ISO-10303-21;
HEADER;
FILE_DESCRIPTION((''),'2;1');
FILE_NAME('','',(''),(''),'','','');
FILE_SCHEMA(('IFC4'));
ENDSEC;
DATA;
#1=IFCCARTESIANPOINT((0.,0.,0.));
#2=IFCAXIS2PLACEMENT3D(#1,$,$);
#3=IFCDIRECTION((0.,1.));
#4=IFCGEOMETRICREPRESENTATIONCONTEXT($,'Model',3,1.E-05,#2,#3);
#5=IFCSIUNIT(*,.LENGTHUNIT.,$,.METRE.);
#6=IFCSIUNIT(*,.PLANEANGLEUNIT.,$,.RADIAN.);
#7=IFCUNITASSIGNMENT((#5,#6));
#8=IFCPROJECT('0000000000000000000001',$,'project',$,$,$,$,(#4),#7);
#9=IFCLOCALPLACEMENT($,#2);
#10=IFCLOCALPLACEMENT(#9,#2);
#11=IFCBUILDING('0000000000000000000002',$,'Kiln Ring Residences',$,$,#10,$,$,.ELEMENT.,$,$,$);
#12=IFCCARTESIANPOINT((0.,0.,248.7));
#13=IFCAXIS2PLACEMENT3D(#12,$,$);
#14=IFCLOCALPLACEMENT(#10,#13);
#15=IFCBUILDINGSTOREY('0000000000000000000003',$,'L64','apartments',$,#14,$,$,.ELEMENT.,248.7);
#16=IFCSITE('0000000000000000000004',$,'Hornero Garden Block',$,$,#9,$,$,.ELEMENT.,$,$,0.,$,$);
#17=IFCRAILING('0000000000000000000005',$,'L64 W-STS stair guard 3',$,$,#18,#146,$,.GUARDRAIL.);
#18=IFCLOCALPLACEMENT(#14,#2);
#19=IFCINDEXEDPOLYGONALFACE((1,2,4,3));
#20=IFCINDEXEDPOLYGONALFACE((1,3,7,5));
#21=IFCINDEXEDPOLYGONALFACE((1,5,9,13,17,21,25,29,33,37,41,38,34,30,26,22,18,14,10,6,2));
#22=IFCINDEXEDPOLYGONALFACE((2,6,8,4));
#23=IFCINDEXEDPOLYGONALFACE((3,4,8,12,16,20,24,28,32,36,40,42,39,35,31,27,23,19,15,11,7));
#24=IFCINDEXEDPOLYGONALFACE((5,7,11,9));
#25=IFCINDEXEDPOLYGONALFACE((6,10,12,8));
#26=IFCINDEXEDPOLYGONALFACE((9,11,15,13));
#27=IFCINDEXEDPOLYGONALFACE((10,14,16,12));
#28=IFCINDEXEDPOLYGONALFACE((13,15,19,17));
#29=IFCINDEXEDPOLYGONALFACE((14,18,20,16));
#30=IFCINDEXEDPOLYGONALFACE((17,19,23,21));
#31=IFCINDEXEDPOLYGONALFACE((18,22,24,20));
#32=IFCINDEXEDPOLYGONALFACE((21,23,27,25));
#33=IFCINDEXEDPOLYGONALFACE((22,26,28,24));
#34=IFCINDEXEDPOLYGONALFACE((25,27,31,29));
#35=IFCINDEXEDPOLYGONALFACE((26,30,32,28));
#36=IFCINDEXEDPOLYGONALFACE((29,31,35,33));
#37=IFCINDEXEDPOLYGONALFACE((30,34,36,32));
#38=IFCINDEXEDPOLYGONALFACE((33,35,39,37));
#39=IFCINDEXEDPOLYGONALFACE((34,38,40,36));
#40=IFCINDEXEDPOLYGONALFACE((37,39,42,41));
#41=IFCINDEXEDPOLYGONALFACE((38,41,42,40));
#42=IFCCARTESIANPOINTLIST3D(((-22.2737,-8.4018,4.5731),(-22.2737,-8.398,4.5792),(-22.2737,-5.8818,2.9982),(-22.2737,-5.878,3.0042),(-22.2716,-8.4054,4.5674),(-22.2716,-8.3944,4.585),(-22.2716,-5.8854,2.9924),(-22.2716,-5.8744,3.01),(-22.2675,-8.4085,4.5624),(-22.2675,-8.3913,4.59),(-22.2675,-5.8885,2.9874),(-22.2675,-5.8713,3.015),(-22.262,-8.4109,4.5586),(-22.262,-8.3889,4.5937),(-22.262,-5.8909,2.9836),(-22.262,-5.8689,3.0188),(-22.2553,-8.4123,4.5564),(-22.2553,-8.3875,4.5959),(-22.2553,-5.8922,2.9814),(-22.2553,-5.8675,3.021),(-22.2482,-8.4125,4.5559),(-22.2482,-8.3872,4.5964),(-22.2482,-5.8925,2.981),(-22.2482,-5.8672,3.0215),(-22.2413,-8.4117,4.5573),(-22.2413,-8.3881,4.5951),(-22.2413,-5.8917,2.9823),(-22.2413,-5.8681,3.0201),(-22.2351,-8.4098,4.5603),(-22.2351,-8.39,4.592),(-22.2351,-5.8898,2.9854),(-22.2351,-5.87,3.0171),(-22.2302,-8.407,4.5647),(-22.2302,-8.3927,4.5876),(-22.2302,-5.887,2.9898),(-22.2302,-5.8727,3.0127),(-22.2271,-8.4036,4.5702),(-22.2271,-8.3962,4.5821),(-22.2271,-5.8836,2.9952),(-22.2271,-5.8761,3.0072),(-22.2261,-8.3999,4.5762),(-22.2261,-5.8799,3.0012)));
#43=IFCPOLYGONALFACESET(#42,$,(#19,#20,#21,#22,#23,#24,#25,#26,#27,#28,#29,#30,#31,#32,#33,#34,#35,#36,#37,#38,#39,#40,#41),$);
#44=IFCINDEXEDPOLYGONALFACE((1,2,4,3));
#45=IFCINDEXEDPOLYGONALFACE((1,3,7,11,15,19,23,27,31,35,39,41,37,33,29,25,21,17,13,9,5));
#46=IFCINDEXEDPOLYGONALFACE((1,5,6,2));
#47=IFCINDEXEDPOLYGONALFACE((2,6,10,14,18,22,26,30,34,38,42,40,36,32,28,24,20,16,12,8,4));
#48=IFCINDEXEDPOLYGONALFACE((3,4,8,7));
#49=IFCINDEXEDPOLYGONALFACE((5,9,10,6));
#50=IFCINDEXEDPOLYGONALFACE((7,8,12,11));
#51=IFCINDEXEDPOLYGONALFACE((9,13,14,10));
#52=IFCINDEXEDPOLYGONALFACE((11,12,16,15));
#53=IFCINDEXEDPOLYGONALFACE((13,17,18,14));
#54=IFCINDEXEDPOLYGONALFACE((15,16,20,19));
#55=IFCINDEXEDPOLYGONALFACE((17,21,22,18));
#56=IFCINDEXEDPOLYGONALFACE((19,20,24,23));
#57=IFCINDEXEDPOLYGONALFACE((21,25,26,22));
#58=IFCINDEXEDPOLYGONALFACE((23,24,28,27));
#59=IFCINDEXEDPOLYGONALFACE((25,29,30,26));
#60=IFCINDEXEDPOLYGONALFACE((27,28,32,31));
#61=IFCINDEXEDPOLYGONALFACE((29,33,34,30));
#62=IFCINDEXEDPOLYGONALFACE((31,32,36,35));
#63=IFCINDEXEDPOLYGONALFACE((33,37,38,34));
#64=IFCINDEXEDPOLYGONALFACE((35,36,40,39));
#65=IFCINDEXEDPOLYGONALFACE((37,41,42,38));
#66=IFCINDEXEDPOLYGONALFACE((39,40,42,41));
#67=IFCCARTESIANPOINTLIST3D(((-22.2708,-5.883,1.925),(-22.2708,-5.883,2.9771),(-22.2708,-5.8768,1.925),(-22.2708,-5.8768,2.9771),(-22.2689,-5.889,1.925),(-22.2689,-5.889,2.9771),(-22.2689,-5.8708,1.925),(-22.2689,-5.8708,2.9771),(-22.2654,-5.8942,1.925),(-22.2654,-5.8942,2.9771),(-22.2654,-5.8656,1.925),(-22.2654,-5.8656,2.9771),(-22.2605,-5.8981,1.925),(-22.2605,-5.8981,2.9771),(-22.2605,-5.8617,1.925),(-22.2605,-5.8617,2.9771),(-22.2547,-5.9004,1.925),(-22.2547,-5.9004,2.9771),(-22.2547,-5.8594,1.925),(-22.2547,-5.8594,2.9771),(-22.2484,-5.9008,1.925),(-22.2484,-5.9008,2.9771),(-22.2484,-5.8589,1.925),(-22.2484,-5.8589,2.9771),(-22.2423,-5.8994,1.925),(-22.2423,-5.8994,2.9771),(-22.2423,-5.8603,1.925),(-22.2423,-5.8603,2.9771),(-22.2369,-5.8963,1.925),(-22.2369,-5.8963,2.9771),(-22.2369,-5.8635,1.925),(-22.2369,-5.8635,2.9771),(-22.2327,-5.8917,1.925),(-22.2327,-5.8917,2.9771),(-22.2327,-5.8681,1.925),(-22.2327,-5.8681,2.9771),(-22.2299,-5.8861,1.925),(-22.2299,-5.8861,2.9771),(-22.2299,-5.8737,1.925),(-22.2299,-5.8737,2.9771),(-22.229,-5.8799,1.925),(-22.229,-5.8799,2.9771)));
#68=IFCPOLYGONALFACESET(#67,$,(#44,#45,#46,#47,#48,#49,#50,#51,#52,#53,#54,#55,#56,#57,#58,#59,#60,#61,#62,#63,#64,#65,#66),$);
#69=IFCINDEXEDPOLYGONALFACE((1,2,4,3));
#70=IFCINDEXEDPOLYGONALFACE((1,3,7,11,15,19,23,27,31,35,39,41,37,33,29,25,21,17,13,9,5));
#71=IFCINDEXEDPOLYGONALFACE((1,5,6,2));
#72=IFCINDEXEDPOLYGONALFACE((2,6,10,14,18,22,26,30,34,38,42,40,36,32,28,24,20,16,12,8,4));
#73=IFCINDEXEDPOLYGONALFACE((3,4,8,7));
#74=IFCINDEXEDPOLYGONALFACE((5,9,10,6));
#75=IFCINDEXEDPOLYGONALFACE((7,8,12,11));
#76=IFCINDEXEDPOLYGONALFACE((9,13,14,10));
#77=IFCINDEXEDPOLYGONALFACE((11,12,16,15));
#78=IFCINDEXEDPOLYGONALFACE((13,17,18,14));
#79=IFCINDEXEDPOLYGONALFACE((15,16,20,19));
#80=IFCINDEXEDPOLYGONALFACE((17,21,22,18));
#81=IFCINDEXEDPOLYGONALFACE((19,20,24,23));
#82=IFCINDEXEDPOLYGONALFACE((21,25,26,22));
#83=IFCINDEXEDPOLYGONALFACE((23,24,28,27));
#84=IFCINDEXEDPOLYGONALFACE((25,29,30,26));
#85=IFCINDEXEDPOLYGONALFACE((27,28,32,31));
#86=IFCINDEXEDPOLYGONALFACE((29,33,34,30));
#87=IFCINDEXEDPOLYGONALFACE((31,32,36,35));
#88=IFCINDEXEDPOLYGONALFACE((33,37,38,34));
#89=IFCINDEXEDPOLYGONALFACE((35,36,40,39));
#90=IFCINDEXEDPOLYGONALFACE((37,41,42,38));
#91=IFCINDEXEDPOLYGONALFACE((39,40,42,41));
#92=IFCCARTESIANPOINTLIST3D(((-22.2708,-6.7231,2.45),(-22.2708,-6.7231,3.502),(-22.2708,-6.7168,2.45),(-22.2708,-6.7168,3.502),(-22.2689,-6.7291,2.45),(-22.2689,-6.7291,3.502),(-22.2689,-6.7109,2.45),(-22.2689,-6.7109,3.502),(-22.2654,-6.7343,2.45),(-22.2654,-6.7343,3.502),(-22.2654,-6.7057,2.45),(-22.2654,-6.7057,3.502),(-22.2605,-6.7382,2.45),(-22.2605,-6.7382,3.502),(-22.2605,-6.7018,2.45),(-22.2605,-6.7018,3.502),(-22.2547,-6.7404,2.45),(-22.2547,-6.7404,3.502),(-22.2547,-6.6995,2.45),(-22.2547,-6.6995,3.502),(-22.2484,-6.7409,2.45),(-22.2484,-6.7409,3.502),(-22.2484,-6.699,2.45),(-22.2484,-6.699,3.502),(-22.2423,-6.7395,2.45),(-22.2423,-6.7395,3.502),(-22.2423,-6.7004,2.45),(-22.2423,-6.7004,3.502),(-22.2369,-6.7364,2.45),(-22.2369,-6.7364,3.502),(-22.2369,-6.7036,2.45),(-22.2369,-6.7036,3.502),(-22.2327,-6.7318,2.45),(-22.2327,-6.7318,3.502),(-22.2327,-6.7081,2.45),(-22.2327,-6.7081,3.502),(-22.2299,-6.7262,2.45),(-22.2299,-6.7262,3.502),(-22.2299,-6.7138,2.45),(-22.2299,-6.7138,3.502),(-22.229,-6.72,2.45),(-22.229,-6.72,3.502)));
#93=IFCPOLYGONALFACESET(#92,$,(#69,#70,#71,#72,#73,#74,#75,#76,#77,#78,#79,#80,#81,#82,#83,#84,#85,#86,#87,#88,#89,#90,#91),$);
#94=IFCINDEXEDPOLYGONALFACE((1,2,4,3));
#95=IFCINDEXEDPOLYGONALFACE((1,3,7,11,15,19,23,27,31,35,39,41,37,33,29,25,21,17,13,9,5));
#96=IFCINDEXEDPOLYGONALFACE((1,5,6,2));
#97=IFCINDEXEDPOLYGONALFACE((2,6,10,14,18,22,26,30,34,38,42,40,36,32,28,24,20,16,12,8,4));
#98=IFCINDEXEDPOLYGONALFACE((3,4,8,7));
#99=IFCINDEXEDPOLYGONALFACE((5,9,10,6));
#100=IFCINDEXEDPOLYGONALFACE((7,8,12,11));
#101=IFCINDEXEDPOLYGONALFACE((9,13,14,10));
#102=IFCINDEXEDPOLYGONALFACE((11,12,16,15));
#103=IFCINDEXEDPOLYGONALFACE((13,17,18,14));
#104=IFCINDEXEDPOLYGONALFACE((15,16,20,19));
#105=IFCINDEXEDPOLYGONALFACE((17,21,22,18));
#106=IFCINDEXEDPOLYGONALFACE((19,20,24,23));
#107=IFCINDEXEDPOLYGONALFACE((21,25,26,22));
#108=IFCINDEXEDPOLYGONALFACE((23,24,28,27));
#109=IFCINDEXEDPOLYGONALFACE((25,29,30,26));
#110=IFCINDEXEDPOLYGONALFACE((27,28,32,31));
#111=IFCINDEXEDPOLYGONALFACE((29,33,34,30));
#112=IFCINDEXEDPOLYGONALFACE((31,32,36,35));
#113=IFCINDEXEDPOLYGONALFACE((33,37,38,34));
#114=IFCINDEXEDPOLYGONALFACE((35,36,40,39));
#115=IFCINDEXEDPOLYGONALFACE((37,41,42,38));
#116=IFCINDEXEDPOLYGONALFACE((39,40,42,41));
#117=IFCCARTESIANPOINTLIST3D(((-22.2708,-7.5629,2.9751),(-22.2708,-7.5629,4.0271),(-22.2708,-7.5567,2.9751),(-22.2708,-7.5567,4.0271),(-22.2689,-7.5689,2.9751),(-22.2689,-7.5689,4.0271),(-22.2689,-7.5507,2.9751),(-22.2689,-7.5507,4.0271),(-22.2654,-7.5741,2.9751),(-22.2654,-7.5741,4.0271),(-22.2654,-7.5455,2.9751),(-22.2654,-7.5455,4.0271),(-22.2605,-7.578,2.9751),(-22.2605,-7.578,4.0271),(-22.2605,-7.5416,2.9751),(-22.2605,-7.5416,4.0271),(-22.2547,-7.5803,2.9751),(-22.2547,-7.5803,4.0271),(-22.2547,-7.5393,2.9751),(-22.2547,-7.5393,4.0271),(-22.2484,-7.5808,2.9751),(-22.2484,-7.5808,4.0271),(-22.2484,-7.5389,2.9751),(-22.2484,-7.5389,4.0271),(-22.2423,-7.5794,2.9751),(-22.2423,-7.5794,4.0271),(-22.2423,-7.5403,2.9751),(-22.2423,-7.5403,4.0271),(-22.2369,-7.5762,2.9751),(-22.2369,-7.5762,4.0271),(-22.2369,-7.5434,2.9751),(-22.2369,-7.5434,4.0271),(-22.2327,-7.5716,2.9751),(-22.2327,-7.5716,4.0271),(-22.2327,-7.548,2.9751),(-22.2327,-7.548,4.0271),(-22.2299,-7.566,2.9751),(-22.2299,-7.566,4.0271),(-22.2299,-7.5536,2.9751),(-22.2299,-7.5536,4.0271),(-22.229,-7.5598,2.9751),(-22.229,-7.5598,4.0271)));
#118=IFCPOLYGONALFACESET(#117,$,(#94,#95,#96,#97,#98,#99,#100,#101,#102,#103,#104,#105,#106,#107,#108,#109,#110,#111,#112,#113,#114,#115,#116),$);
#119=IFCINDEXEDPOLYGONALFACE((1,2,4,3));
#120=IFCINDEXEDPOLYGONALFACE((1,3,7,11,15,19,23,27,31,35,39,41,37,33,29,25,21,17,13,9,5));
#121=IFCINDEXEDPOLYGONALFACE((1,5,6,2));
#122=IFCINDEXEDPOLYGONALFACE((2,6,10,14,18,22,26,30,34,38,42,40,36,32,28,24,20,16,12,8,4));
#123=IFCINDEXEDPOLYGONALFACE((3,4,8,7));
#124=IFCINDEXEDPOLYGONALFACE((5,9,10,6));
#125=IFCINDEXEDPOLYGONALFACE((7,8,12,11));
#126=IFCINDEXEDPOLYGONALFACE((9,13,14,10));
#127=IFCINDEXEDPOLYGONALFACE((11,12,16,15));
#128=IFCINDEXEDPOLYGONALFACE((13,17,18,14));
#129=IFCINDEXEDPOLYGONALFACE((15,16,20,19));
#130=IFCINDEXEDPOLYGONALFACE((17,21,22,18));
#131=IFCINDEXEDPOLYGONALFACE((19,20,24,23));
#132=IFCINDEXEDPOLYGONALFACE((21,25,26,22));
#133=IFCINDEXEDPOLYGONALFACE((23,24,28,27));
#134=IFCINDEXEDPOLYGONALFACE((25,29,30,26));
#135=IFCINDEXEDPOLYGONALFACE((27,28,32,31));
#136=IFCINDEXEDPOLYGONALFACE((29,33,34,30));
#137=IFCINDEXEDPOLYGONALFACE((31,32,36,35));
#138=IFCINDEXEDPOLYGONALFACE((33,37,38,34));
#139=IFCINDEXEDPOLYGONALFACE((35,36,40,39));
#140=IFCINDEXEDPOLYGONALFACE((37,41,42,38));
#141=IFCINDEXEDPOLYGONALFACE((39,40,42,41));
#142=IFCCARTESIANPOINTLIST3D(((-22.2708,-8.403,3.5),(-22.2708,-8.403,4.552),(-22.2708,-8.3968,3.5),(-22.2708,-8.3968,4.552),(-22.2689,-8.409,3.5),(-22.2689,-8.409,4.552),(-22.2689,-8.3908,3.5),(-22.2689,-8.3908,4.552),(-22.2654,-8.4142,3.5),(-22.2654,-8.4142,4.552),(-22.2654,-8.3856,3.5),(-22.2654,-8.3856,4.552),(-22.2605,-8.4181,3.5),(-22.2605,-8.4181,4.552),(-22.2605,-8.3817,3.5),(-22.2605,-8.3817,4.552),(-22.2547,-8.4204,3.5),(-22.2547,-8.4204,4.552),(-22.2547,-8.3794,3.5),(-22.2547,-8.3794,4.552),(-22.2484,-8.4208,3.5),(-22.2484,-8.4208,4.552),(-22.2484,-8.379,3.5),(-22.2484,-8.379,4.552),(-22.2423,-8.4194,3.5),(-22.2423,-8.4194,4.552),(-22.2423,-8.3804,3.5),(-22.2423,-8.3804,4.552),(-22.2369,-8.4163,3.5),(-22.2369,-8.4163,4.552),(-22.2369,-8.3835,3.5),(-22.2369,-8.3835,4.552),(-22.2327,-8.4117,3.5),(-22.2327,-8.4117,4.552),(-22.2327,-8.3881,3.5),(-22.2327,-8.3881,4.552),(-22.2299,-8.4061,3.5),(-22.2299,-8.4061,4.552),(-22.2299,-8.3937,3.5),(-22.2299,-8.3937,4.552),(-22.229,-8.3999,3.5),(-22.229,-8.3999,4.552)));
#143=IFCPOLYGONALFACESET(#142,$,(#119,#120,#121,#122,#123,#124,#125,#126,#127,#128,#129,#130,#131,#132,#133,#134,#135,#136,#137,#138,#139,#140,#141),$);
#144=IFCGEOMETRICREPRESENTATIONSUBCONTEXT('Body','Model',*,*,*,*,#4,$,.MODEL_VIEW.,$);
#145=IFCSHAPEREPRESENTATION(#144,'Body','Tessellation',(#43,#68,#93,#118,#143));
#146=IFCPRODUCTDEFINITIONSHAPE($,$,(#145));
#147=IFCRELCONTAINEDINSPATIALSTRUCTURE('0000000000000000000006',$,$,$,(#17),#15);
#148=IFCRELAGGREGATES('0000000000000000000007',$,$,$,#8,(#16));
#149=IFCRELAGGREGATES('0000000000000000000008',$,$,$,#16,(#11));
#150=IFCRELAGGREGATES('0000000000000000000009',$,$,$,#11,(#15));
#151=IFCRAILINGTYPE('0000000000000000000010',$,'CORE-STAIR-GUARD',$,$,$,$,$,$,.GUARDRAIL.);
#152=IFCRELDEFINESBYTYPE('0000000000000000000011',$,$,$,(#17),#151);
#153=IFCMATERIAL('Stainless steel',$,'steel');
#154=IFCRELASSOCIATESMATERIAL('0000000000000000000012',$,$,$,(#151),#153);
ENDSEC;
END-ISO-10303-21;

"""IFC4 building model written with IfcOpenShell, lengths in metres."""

from ifc_helpers import new_model, si_unit, direction, frame, origin, origin_2d, place, context, subcontext, project, spatial, circle, extrude, material, type_object, element, save


model = new_model("IFC4")

# Units and contexts
model_context = context("Model", 3, precision=1e-05, world=origin(), true_north=direction((0.0, 1.0)))
body_context = subcontext(model_context, "Body", "Model", "MODEL_VIEW")
ifc_project = project(units=[si_unit("LENGTHUNIT", "METRE"), si_unit("PLANEANGLEUNIT", "RADIAN")], contexts=[model_context])

# Site, building, storey
site_placement = place(None, origin())
site = spatial("IfcSite", under=ifc_project, at=site_placement, Name="Hornero Garden Block", CompositionType="ELEMENT", RefElevation=0.0)
building_placement = place(site_placement, origin())
building = spatial("IfcBuilding", under=site, at=building_placement, Name="Kiln Ring Residences", CompositionType="ELEMENT")
storey_placement = place(building_placement, frame((0.0, 0.0, 248.7)))
storey = spatial("IfcBuildingStorey", under=building, at=storey_placement, Name="L64", Description="apartments", CompositionType="ELEMENT", Elevation=248.7)

# Railing
ifc_material_1 = material(Name="Stainless steel", Category="steel")
railing_type_1 = type_object("IfcRailingType", Name="CORE-STAIR-GUARD", PredefinedType="GUARDRAIL", material=ifc_material_1)
railing_1_placement = place(storey_placement, frame((-22.25, -5.8799, 1.925)))
element("IfcRailing", 1, at=railing_1_placement, inside=storey, type_object=railing_type_1, Name="L64 W-STS stair guard 3", PredefinedType="GUARDRAIL", context=body_context, shape_type="SweptSolid", body=[
    extrude(circle(Radius=0.0239, at=origin_2d()), frame((0.0, 0.0, 1.0762), z_axis=(0.0, -0.848008, 0.529984), x_axis=(1.0, 0.0, 0.0)), (0.0, 0.0, 1.0), 2.9717),
    extrude(circle(Radius=0.021, at=origin_2d()), origin(), (0.0, 0.0, 1.0), 1.052),
    extrude(circle(Radius=0.021, at=origin_2d()), frame((0.0, -0.8401, 0.5249)), (0.0, 0.0, 1.0), 1.052),
    extrude(circle(Radius=0.021, at=origin_2d()), frame((0.0, -1.6799, 1.05)), (0.0, 0.0, 1.0), 1.052),
    extrude(circle(Radius=0.021, at=origin_2d()), frame((0.0, -2.52, 1.575)), (0.0, 0.0, 1.0), 1.052),
])

save(model, "model.ifc")
